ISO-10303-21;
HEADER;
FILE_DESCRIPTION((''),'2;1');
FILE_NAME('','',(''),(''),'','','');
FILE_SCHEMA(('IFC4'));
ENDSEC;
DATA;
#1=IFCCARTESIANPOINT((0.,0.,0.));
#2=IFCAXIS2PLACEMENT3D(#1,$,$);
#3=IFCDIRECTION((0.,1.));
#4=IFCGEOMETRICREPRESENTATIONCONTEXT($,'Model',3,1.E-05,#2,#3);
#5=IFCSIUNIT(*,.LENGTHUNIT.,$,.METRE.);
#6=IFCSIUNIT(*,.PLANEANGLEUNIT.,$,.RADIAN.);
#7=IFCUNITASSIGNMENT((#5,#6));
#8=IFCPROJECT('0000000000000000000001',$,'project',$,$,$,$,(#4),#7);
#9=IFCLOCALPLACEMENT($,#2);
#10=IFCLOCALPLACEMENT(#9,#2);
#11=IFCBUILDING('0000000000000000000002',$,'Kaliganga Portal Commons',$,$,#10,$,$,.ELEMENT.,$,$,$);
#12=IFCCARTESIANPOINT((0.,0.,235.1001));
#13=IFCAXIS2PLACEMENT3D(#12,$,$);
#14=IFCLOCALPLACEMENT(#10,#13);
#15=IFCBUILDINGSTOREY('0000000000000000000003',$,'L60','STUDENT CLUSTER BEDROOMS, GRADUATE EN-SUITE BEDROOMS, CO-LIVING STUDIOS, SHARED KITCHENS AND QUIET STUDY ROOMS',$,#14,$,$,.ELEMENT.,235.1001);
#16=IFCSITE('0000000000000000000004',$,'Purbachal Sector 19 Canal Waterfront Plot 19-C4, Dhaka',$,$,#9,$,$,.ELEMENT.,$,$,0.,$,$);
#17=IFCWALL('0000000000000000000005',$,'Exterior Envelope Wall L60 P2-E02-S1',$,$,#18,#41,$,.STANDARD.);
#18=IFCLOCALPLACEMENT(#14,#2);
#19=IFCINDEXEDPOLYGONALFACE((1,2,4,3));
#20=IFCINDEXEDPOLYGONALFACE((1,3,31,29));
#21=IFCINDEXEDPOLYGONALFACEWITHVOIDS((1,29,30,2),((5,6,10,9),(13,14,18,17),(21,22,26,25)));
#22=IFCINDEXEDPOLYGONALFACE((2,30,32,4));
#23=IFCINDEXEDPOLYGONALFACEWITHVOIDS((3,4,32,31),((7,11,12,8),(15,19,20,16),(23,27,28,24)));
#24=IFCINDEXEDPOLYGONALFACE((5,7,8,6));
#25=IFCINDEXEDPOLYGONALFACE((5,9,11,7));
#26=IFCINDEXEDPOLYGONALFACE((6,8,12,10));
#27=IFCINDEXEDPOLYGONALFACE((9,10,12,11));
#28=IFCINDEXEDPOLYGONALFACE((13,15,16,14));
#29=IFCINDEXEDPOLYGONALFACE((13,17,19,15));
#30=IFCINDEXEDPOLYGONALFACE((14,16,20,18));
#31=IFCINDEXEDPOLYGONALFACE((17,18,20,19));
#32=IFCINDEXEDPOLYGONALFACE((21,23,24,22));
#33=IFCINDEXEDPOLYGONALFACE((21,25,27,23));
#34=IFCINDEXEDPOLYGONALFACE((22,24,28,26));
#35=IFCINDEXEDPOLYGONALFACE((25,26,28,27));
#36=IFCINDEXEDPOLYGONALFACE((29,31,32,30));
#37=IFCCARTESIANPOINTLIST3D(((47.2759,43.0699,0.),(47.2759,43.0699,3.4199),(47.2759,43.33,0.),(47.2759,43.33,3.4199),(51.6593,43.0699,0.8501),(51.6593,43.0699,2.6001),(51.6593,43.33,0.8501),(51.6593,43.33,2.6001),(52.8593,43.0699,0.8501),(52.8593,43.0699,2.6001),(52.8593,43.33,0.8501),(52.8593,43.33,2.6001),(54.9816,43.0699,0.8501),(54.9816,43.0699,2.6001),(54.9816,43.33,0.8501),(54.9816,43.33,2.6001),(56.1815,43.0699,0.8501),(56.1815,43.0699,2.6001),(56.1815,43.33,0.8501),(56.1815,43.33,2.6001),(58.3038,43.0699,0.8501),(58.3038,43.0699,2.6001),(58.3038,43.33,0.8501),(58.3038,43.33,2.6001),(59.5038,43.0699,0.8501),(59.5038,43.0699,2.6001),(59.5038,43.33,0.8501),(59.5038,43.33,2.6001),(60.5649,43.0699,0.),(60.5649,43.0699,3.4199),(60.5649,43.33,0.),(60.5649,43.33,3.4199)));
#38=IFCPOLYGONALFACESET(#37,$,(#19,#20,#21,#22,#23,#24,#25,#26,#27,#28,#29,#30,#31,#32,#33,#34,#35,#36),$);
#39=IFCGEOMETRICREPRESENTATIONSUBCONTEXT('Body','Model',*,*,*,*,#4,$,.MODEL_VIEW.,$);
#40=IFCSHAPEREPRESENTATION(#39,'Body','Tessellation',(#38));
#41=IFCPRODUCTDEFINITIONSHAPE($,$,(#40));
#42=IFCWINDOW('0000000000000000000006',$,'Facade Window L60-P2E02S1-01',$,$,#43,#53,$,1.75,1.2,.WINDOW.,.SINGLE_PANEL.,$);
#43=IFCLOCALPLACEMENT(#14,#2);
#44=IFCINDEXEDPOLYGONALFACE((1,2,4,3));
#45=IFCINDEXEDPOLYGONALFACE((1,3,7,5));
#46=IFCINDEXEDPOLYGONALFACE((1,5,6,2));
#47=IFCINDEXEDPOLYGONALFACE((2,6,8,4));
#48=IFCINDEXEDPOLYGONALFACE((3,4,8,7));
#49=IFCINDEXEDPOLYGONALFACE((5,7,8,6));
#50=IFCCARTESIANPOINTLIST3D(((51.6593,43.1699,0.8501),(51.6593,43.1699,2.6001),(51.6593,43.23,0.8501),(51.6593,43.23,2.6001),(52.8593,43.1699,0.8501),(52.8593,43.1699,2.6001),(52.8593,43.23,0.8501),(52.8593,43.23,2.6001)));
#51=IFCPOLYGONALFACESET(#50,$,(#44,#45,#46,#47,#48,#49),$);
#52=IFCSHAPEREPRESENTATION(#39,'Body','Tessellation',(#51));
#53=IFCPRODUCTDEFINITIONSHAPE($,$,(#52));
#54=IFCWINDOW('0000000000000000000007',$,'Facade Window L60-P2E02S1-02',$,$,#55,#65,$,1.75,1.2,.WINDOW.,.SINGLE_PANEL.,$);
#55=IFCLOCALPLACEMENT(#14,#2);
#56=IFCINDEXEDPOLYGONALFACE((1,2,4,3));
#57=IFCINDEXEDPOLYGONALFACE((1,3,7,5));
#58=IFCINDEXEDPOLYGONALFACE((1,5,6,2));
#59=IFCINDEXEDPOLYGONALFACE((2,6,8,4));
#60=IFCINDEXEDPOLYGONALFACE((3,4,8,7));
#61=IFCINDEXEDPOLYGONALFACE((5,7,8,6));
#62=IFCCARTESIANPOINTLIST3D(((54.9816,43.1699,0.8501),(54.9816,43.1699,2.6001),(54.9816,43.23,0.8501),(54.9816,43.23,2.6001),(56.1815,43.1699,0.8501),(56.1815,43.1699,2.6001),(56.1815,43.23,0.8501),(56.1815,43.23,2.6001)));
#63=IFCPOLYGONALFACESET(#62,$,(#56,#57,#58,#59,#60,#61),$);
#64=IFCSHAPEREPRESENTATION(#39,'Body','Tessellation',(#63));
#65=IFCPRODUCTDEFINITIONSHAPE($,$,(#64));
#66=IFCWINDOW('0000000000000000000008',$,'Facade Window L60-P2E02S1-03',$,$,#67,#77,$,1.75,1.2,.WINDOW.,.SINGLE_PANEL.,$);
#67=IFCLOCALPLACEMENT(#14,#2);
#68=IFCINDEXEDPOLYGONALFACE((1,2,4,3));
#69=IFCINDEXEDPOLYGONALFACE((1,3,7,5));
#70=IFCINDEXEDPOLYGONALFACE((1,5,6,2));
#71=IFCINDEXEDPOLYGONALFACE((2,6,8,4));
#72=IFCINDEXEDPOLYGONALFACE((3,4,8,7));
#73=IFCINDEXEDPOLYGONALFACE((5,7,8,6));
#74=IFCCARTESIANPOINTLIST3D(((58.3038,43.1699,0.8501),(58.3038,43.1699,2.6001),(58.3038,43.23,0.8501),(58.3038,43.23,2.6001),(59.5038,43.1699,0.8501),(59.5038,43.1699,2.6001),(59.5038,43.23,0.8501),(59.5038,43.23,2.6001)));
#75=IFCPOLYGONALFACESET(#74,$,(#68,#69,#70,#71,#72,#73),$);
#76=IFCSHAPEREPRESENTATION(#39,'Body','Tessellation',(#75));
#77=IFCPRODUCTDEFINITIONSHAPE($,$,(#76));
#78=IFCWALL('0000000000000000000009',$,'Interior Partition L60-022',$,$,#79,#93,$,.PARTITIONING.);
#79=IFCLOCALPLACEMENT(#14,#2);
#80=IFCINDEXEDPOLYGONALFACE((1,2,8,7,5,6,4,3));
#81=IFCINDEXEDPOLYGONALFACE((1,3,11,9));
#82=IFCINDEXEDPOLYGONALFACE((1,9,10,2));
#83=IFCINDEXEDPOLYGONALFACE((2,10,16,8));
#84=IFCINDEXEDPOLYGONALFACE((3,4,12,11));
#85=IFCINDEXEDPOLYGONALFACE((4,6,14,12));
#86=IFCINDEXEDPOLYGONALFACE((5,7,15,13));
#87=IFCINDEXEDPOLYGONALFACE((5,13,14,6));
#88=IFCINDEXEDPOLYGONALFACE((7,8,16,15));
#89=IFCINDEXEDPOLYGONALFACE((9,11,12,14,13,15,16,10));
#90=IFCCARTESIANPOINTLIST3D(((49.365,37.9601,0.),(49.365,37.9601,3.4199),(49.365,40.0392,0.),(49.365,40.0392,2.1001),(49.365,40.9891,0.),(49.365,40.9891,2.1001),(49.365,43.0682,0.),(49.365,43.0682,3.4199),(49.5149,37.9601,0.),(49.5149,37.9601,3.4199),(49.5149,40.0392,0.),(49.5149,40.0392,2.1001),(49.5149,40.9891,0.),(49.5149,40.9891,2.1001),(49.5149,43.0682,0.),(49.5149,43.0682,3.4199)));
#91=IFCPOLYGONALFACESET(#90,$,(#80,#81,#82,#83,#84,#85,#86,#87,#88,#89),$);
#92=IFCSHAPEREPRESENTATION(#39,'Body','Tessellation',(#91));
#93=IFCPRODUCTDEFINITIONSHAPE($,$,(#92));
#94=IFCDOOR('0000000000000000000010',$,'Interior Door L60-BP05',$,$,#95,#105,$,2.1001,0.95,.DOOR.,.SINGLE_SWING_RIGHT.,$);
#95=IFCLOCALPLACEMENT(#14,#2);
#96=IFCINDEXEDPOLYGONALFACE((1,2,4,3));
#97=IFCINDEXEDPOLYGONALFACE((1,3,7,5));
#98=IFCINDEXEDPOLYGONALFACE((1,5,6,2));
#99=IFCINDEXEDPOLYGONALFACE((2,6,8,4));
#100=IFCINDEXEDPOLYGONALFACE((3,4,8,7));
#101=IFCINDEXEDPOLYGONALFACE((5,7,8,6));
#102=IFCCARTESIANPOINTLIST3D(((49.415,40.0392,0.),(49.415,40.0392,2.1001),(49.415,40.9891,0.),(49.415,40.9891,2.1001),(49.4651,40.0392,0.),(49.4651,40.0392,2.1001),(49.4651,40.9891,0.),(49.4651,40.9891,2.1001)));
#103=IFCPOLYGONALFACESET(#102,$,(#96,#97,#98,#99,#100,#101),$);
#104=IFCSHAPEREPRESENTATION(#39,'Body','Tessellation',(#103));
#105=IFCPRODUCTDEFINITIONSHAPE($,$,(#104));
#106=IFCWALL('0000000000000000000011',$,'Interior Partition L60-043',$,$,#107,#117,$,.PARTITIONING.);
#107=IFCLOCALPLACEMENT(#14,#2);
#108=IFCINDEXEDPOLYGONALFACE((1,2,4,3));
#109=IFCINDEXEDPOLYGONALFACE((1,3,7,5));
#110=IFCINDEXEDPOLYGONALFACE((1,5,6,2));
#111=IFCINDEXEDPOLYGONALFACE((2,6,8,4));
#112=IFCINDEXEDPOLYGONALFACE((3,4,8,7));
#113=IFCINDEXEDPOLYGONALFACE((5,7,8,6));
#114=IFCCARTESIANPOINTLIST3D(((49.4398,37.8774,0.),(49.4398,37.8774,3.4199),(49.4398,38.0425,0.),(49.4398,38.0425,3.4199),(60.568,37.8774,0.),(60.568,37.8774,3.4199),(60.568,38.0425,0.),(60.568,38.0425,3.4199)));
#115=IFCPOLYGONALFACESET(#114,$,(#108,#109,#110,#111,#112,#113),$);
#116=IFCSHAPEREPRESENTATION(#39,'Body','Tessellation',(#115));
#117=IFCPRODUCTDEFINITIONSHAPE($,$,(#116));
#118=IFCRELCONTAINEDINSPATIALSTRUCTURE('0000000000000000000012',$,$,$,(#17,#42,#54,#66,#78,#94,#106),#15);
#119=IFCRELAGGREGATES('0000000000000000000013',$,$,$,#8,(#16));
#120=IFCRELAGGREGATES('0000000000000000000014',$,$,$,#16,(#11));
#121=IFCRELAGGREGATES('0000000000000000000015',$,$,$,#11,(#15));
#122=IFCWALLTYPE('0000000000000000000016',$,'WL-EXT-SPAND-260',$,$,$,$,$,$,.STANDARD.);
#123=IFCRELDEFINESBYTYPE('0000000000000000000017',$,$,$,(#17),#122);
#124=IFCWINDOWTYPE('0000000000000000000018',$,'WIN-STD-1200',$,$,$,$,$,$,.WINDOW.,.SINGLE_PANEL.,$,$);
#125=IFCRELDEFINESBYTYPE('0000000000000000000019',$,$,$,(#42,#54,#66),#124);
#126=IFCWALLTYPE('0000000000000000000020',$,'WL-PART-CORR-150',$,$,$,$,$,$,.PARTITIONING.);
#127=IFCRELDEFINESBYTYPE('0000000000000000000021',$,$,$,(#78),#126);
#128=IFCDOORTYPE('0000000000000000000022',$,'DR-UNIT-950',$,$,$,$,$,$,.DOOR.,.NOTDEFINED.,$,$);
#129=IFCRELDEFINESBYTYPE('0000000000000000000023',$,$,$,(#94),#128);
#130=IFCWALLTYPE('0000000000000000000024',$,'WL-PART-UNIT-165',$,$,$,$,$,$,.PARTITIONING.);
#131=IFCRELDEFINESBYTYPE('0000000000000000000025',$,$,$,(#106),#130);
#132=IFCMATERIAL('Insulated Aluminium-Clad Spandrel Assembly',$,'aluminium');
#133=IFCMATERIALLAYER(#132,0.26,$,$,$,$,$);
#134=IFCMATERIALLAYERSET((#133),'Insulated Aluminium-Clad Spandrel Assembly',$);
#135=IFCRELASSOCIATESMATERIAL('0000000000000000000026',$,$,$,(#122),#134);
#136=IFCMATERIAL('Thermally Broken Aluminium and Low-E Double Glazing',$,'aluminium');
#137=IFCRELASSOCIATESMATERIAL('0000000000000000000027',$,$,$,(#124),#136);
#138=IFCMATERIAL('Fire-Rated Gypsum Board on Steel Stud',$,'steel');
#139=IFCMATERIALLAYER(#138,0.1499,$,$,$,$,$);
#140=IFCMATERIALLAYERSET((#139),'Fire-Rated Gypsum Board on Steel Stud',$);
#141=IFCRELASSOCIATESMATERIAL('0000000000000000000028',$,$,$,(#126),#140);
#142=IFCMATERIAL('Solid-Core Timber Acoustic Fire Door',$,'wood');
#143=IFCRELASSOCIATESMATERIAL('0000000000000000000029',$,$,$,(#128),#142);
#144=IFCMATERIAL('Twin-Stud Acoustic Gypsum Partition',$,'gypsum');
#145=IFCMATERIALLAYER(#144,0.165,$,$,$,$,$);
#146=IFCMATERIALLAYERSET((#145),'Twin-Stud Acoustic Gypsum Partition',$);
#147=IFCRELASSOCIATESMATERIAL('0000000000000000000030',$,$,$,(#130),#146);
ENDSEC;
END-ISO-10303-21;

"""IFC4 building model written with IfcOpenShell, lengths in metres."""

from ifc_helpers import new_model, si_unit, direction, frame, frame_2d, origin, place, context, subcontext, project, spatial, rectangle, extrude, material, layer, layer_set, type_object, element, fill, save


model = new_model("IFC4")

# Units and contexts
model_context = context("Model", 3, precision=1e-05, world=origin(), true_north=direction((0.0, 1.0)))
body_context = subcontext(model_context, "Body", "Model", "MODEL_VIEW")
ifc_project = project(units=[si_unit("LENGTHUNIT", "METRE"), si_unit("PLANEANGLEUNIT", "RADIAN")], contexts=[model_context])

# Site, building, storey
site_placement = place(None, origin())
site = spatial("IfcSite", under=ifc_project, at=site_placement, Name="Purbachal Sector 19 Canal Waterfront Plot 19-C4, Dhaka", CompositionType="ELEMENT", RefElevation=0.0)
building_placement = place(site_placement, origin())
building = spatial("IfcBuilding", under=site, at=building_placement, Name="Kaliganga Portal Commons", CompositionType="ELEMENT")
storey_placement = place(building_placement, frame((0.0, 0.0, 235.1001)))
storey = spatial("IfcBuildingStorey", under=building, at=storey_placement, Name="L60", Description="STUDENT CLUSTER BEDROOMS, GRADUATE EN-SUITE BEDROOMS, CO-LIVING STUDIOS, SHARED KITCHENS AND QUIET STUDY ROOMS", CompositionType="ELEMENT", Elevation=235.1001)

# Wall, openings, windows
ifc_material_1 = material(Name="Insulated Aluminium-Clad Spandrel Assembly", Category="aluminium")
ifc_layer_1 = layer(ifc_material_1, 0.26)
ifc_layer_set_1 = layer_set([ifc_layer_1], Name="Insulated Aluminium-Clad Spandrel Assembly")
wall_type_1 = type_object("IfcWallType", Name="WL-EXT-SPAND-260", PredefinedType="STANDARD", material=ifc_layer_set_1)
ifc_material_2 = material(Name="Thermally Broken Aluminium and Low-E Double Glazing", Category="aluminium")
window_type_1 = type_object("IfcWindowType", Name="WIN-STD-1200", PartitioningType="SINGLE_PANEL", PredefinedType="WINDOW", material=ifc_material_2)
wall_1_placement = place(storey_placement, frame((47.2759, 43.2, 0.0), z_axis=(0.0, 0.0, 1.0), x_axis=(1.0, 0.0, 0.0)))
wall_1 = element("IfcWall", 1, at=wall_1_placement, inside=storey, type_object=wall_type_1, Name="Exterior Envelope Wall L60 P2-E02-S1", PredefinedType="STANDARD", context=body_context, shape_type="SweptSolid", body=[
    extrude(rectangle(XDim=13.2891, YDim=0.26, at=frame_2d((6.6445, 0.0))), origin(), (0.0, 0.0, 1.0), 3.4199),
])
opening_1_placement = place(wall_1_placement, frame((4.3833, 0.0, 0.8501)))
opening_1 = element("IfcOpeningElement", 2, at=opening_1_placement, cuts=wall_1, PredefinedType="OPENING", context=body_context, shape_type="SweptSolid", body=[
    extrude(rectangle(XDim=1.2, YDim=1.75, at=frame_2d((0.6001, 0.875))), frame((0.0, 0.1401, 0.0), z_axis=(0.0, -1.0, 0.0), x_axis=(1.0, 0.0, 0.0)), (0.0, 0.0, 1.0), 0.28),
])
opening_2_placement = place(wall_1_placement, frame((7.7056, 0.0, 0.8501)))
opening_2 = element("IfcOpeningElement", 3, at=opening_2_placement, cuts=wall_1, PredefinedType="OPENING", context=body_context, shape_type="SweptSolid", body=[
    extrude(rectangle(XDim=1.2, YDim=1.75, at=frame_2d((0.6001, 0.875))), frame((0.0, 0.1401, 0.0), z_axis=(0.0, -1.0, 0.0), x_axis=(1.0, 0.0, 0.0)), (0.0, 0.0, 1.0), 0.28),
])
opening_3_placement = place(wall_1_placement, frame((11.0278, 0.0, 0.8501)))
opening_3 = element("IfcOpeningElement", 4, at=opening_3_placement, cuts=wall_1, PredefinedType="OPENING", context=body_context, shape_type="SweptSolid", body=[
    extrude(rectangle(XDim=1.2, YDim=1.75, at=frame_2d((0.6001, 0.875))), frame((0.0, 0.1401, 0.0), z_axis=(0.0, -1.0, 0.0), x_axis=(1.0, 0.0, 0.0)), (0.0, 0.0, 1.0), 0.28),
])
window_1_placement = place(opening_1_placement, origin())
window_1 = element("IfcWindow", 5, at=window_1_placement, inside=storey, type_object=window_type_1, Name="Facade Window L60-P2E02S1-01", OverallHeight=1.75, OverallWidth=1.2, PartitioningType="SINGLE_PANEL", PredefinedType="WINDOW", context=body_context, shape_type="SweptSolid", body=[
    extrude(rectangle(XDim=1.2, YDim=1.75, at=frame_2d((0.6001, 0.875))), frame((0.0, 0.03, 0.0), z_axis=(0.0, -1.0, 0.0), x_axis=(1.0, 0.0, 0.0)), (0.0, 0.0, 1.0), 0.0601),
])
fill(opening_1, window_1)
window_2_placement = place(opening_2_placement, origin())
window_2 = element("IfcWindow", 6, at=window_2_placement, inside=storey, type_object=window_type_1, Name="Facade Window L60-P2E02S1-02", OverallHeight=1.75, OverallWidth=1.2, PartitioningType="SINGLE_PANEL", PredefinedType="WINDOW", context=body_context, shape_type="SweptSolid", body=[
    extrude(rectangle(XDim=1.2, YDim=1.75, at=frame_2d((0.6001, 0.875))), frame((0.0, 0.03, 0.0), z_axis=(0.0, -1.0, 0.0), x_axis=(1.0, 0.0, 0.0)), (0.0, 0.0, 1.0), 0.0601),
])
fill(opening_2, window_2)
window_3_placement = place(opening_3_placement, origin())
window_3 = element("IfcWindow", 7, at=window_3_placement, inside=storey, type_object=window_type_1, Name="Facade Window L60-P2E02S1-03", OverallHeight=1.75, OverallWidth=1.2, PartitioningType="SINGLE_PANEL", PredefinedType="WINDOW", context=body_context, shape_type="SweptSolid", body=[
    extrude(rectangle(XDim=1.2, YDim=1.75, at=frame_2d((0.6001, 0.875))), frame((0.0, 0.03, 0.0), z_axis=(0.0, -1.0, 0.0), x_axis=(1.0, 0.0, 0.0)), (0.0, 0.0, 1.0), 0.0601),
])
fill(opening_3, window_3)

# Wall, opening, door
ifc_material_3 = material(Name="Fire-Rated Gypsum Board on Steel Stud", Category="steel")
ifc_layer_2 = layer(ifc_material_3, 0.1499)
ifc_layer_set_2 = layer_set([ifc_layer_2], Name="Fire-Rated Gypsum Board on Steel Stud")
wall_type_2 = type_object("IfcWallType", Name="WL-PART-CORR-150", PredefinedType="PARTITIONING", material=ifc_layer_set_2)
wall_2_placement = place(storey_placement, frame((49.4399, 37.96, 0.0), z_axis=(0.0, 0.0, 1.0), x_axis=(0.0, 1.0, 0.0)))
wall_2 = element("IfcWall", 8, at=wall_2_placement, inside=storey, type_object=wall_type_2, Name="Interior Partition L60-022", PredefinedType="PARTITIONING", context=body_context, shape_type="SweptSolid", body=[
    extrude(rectangle(XDim=5.1082, YDim=0.1499, at=frame_2d((2.5542, 0.0))), origin(), (0.0, 0.0, 1.0), 3.4199),
])
opening_4_placement = place(wall_2_placement, frame((2.0791, 0.0, 0.0)))
opening_4 = element("IfcOpeningElement", 9, at=opening_4_placement, cuts=wall_2, PredefinedType="OPENING", context=body_context, shape_type="SweptSolid", body=[
    extrude(rectangle(XDim=0.95, YDim=2.1001, at=frame_2d((0.4751, 1.05))), frame((0.0, 0.085, 0.0), z_axis=(0.0, -1.0, 0.0), x_axis=(1.0, 0.0, 0.0)), (0.0, 0.0, 1.0), 0.1699),
])
ifc_material_4 = material(Name="Solid-Core Timber Acoustic Fire Door", Category="wood")
door_type = type_object("IfcDoorType", Name="DR-UNIT-950", OperationType="NOTDEFINED", PredefinedType="DOOR", material=ifc_material_4)
door_placement = place(opening_4_placement, origin())
door = element("IfcDoor", 10, at=door_placement, inside=storey, type_object=door_type, Name="Interior Door L60-BP05", OperationType="SINGLE_SWING_RIGHT", OverallHeight=2.1001, OverallWidth=0.95, PredefinedType="DOOR", context=body_context, shape_type="SweptSolid", body=[
    extrude(rectangle(XDim=0.95, YDim=2.1001, at=frame_2d((0.4751, 1.05))), frame((0.0, 0.0249, 0.0), z_axis=(0.0, -1.0, 0.0), x_axis=(1.0, 0.0, 0.0)), (0.0, 0.0, 1.0), 0.05),
])
fill(opening_4, door)

# Wall
ifc_material_5 = material(Name="Twin-Stud Acoustic Gypsum Partition", Category="gypsum")
ifc_layer_3 = layer(ifc_material_5, 0.165)
ifc_layer_set_3 = layer_set([ifc_layer_3], Name="Twin-Stud Acoustic Gypsum Partition")
wall_type_3 = type_object("IfcWallType", Name="WL-PART-UNIT-165", PredefinedType="PARTITIONING", material=ifc_layer_set_3)
wall_3_placement = place(storey_placement, frame((49.4399, 37.96, 0.0), z_axis=(0.0, 0.0, 1.0), x_axis=(1.0, 0.0, 0.0)))
element("IfcWall", 11, at=wall_3_placement, inside=storey, type_object=wall_type_3, Name="Interior Partition L60-043", PredefinedType="PARTITIONING", context=body_context, shape_type="SweptSolid", body=[
    extrude(rectangle(XDim=11.1282, YDim=0.165, at=frame_2d((5.564, 0.0))), origin(), (0.0, 0.0, 1.0), 3.4199),
])

save(model, "model.ifc")
